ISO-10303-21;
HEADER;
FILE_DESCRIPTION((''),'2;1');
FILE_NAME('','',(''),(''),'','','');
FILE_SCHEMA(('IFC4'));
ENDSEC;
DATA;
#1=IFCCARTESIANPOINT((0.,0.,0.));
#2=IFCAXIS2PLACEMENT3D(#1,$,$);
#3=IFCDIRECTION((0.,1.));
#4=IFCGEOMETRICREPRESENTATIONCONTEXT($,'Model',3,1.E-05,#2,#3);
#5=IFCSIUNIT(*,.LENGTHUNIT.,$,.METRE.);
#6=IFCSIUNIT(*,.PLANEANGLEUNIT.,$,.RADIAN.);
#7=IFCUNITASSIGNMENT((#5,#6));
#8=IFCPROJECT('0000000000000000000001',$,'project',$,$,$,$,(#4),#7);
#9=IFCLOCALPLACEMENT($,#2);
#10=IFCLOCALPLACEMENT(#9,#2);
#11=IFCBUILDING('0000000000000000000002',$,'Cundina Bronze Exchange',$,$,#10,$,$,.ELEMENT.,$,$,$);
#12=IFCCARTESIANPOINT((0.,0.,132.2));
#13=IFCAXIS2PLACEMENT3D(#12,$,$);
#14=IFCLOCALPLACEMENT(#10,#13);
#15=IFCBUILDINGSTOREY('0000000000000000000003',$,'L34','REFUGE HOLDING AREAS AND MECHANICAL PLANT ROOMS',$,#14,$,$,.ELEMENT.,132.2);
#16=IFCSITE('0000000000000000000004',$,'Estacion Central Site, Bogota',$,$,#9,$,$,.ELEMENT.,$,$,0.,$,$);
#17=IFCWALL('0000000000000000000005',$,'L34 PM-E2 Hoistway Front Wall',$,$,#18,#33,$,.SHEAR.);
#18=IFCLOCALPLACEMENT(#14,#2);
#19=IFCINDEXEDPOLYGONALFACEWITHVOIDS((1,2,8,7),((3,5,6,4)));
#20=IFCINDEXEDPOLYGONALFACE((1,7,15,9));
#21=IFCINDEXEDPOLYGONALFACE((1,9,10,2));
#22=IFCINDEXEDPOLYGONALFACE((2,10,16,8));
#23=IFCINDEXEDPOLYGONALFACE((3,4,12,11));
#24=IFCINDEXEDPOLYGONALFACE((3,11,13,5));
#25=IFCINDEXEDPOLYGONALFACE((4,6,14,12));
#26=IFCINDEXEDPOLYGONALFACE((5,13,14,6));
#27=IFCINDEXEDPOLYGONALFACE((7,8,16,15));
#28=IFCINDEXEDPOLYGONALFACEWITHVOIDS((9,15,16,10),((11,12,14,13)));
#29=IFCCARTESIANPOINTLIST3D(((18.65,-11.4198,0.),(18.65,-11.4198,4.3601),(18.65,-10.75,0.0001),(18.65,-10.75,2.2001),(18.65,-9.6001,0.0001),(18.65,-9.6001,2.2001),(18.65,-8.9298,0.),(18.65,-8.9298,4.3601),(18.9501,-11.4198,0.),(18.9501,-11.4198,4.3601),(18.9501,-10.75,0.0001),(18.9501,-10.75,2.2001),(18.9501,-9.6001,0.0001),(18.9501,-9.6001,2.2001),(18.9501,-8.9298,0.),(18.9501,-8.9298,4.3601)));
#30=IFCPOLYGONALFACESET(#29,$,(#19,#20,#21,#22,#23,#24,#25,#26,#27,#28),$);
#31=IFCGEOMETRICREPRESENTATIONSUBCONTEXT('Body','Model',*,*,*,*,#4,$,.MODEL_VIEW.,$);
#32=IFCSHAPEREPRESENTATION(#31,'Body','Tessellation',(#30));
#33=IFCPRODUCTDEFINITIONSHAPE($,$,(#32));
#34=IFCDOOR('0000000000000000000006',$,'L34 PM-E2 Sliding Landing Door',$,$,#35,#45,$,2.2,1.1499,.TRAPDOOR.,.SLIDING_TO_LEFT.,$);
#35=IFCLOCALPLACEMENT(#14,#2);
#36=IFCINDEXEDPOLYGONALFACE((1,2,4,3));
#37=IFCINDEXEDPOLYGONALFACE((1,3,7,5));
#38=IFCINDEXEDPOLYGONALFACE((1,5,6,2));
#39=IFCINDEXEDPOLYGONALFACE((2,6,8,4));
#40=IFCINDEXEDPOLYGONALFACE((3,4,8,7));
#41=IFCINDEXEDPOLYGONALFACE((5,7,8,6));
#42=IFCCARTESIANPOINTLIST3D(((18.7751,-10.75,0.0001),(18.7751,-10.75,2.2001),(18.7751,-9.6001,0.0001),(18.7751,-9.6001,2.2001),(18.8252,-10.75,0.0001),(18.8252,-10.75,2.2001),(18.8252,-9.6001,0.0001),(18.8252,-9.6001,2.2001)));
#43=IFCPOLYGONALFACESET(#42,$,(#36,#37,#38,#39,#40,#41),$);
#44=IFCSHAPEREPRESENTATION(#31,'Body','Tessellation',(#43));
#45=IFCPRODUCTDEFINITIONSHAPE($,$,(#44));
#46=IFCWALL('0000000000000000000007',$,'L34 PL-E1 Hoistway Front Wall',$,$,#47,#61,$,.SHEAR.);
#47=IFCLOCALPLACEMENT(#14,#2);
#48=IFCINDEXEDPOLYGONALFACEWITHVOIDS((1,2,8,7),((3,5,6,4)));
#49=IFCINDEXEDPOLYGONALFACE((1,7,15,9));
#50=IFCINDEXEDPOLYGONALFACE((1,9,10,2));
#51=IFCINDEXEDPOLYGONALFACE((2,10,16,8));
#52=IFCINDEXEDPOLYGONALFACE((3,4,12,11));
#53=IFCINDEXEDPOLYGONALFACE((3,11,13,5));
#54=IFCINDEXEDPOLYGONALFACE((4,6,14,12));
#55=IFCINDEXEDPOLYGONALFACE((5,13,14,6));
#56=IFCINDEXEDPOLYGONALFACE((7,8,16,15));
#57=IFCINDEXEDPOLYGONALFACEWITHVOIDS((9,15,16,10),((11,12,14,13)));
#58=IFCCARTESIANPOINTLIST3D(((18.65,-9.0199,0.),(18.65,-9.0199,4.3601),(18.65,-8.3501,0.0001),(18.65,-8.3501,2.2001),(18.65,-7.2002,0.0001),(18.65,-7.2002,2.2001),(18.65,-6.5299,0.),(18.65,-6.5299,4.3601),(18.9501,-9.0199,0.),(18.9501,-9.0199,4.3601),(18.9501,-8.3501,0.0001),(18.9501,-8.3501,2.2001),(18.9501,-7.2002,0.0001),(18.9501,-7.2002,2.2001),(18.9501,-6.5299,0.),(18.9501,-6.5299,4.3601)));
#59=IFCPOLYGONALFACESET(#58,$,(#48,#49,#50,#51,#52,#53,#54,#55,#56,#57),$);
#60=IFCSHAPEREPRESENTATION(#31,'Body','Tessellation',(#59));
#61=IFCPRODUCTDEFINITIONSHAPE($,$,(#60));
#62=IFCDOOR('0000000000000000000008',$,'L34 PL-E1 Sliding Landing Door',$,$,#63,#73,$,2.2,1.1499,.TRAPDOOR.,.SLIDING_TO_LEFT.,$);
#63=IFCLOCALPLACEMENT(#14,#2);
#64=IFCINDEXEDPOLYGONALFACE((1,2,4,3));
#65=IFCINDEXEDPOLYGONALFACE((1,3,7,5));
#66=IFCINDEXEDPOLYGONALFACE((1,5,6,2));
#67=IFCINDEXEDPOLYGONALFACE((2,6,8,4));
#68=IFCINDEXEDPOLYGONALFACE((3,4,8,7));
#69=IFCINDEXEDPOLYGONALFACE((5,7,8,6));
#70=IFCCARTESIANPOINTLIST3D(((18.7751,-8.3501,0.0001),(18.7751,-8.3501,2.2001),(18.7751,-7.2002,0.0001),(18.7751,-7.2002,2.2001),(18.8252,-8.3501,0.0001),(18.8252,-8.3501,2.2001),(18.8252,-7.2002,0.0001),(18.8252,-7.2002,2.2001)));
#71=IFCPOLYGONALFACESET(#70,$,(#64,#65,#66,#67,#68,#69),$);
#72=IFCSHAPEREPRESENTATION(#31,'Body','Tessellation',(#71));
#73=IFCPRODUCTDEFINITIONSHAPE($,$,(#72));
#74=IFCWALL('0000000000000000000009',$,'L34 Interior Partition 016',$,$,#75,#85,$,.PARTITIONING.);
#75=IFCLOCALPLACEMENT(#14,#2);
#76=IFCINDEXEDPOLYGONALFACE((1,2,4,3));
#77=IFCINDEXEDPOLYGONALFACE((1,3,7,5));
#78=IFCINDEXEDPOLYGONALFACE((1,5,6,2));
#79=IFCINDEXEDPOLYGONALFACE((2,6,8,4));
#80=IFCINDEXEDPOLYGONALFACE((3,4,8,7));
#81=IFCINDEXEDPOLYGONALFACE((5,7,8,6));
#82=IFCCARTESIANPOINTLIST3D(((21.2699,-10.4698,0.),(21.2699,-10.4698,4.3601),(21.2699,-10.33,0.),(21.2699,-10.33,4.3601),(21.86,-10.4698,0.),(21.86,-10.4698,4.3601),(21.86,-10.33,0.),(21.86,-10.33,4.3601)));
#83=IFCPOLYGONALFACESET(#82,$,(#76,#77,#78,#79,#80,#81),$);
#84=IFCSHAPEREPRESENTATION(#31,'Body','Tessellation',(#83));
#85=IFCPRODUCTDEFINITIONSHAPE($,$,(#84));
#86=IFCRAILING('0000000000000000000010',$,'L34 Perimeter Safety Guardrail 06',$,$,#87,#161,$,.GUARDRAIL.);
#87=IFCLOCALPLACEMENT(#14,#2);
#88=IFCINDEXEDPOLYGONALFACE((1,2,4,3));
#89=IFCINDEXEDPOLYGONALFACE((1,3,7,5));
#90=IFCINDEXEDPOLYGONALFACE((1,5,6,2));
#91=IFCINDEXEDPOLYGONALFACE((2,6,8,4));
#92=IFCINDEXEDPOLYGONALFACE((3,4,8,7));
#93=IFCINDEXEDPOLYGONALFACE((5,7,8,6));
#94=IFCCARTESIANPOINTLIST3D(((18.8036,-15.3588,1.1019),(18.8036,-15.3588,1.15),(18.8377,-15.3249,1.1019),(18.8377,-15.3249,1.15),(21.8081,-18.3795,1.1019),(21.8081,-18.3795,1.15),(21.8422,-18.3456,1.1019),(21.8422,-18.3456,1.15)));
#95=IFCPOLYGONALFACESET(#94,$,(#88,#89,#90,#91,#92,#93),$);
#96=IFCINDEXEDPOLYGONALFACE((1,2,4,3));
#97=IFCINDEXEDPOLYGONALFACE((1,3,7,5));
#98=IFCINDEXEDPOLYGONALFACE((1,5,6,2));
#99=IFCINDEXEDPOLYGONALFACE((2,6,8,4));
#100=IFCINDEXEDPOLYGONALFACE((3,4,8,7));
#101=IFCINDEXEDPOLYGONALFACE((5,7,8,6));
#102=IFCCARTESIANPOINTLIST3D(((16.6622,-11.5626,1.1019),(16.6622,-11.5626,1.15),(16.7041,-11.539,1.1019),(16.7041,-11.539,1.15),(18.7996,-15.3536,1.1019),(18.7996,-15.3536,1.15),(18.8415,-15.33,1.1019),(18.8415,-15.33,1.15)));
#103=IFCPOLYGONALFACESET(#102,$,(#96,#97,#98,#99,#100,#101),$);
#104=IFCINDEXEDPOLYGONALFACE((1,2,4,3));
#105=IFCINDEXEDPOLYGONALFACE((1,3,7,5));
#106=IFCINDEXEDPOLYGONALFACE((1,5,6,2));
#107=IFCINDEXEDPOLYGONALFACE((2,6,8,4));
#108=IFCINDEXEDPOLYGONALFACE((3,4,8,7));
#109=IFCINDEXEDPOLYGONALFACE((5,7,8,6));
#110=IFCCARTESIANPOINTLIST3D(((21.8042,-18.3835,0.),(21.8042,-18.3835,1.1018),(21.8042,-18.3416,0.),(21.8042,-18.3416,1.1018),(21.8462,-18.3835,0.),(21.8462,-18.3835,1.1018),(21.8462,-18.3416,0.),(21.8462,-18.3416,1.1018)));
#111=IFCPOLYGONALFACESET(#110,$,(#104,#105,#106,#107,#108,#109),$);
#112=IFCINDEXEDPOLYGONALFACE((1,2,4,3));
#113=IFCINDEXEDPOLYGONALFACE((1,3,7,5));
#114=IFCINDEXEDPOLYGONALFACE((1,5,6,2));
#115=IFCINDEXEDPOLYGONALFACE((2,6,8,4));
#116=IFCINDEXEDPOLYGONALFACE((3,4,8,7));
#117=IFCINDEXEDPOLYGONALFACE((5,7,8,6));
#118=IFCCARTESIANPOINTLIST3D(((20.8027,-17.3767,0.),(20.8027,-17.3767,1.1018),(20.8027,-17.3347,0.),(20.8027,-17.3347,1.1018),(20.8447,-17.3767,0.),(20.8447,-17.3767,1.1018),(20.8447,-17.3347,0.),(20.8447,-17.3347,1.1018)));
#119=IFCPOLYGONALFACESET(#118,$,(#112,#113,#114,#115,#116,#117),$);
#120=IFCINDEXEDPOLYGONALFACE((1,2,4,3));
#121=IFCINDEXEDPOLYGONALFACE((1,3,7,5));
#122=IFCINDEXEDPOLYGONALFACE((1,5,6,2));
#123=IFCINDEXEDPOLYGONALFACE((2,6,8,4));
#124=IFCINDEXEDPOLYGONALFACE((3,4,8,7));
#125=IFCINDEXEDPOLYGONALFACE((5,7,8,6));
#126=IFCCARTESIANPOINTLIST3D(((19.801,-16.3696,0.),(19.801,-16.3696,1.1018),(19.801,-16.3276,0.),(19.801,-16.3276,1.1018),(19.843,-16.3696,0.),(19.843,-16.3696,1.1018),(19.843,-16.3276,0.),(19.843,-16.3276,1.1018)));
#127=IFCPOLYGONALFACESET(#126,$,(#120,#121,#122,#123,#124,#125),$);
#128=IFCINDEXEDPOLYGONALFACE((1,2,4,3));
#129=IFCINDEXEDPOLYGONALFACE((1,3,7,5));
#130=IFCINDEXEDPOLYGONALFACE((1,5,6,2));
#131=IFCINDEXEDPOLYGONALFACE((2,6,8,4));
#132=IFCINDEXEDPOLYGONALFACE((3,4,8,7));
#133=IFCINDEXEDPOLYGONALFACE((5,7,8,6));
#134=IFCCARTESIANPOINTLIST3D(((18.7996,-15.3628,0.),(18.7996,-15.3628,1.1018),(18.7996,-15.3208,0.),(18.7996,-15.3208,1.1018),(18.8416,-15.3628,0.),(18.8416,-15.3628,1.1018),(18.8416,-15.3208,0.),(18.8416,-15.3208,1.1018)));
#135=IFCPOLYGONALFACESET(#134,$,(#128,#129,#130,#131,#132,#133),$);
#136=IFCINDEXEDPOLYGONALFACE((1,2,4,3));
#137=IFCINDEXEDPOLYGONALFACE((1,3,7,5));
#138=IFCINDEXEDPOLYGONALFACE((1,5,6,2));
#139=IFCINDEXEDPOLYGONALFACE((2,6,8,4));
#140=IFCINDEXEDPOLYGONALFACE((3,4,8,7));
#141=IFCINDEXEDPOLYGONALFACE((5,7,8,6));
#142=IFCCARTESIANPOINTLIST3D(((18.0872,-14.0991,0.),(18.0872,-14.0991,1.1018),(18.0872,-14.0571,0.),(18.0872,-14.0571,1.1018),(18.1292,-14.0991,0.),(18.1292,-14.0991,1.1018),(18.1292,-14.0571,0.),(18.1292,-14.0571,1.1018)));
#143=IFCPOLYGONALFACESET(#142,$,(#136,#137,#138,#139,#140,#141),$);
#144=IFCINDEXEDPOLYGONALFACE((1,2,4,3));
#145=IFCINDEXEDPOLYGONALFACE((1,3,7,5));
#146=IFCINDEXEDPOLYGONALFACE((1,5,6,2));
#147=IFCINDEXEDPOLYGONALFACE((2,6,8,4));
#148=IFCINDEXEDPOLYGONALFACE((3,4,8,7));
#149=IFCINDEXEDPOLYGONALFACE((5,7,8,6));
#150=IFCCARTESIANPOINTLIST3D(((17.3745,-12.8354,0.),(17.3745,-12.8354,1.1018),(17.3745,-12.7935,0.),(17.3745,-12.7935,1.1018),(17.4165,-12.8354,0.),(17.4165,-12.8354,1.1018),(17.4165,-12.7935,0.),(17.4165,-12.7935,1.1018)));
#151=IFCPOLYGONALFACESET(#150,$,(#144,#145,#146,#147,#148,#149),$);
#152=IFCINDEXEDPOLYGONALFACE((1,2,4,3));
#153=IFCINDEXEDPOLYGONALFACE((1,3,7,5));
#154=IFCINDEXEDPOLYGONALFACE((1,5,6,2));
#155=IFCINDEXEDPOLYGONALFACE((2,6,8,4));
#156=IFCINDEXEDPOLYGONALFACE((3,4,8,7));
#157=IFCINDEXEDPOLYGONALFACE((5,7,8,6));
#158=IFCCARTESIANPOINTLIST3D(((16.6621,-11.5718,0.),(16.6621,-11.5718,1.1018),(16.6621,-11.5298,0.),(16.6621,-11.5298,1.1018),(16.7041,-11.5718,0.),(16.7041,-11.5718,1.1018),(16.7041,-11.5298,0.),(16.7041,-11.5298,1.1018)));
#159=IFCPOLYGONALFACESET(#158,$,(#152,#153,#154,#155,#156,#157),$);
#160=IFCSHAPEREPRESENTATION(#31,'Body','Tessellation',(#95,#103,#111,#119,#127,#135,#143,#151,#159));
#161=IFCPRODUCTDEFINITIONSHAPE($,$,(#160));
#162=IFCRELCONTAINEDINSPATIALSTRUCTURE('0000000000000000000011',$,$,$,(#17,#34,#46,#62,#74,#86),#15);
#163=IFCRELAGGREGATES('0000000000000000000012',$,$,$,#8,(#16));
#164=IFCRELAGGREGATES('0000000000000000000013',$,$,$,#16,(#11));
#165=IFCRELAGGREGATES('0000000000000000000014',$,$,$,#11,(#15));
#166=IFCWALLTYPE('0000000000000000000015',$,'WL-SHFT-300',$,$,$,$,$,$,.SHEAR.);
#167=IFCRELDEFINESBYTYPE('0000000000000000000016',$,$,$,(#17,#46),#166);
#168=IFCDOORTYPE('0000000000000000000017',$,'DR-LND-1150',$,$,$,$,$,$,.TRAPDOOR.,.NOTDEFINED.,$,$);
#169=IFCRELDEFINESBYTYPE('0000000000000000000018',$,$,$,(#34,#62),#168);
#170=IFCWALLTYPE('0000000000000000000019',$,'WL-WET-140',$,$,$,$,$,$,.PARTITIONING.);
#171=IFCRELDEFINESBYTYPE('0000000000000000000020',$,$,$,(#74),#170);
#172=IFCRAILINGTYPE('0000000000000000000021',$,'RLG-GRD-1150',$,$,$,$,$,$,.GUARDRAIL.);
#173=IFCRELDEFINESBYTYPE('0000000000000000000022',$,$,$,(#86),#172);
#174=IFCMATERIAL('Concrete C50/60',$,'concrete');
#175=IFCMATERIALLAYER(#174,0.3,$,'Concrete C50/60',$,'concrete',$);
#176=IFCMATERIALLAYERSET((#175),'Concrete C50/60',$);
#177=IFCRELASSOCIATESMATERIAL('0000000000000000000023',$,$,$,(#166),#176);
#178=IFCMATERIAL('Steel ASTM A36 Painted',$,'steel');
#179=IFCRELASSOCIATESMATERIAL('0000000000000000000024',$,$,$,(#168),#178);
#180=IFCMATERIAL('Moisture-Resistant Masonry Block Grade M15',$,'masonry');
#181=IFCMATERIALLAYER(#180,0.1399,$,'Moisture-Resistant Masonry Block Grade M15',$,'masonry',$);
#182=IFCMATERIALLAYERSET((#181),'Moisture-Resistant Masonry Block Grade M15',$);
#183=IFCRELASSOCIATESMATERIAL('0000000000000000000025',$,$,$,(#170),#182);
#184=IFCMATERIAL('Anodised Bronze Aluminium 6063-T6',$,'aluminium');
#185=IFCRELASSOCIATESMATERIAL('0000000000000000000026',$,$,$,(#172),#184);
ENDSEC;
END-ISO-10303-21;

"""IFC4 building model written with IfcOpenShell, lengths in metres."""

from ifc_helpers import new_model, si_unit, direction, frame, frame_2d, origin, origin_2d, place, context, subcontext, project, spatial, rectangle, extrude, material, layer, layer_set, type_object, element, fill, save


model = new_model("IFC4")

# Units and contexts
model_context = context("Model", 3, precision=1e-05, world=origin(), true_north=direction((0.0, 1.0)))
body_context = subcontext(model_context, "Body", "Model", "MODEL_VIEW")
ifc_project = project(units=[si_unit("LENGTHUNIT", "METRE"), si_unit("PLANEANGLEUNIT", "RADIAN")], contexts=[model_context])

# Site, building, storey
site_placement = place(None, origin())
site = spatial("IfcSite", under=ifc_project, at=site_placement, Name="Estacion Central Site, Bogota", CompositionType="ELEMENT", RefElevation=0.0)
building_placement = place(site_placement, origin())
building = spatial("IfcBuilding", under=site, at=building_placement, Name="Cundina Bronze Exchange", CompositionType="ELEMENT")
storey_placement = place(building_placement, frame((0.0, 0.0, 132.2)))
storey = spatial("IfcBuildingStorey", under=building, at=storey_placement, Name="L34", Description="REFUGE HOLDING AREAS AND MECHANICAL PLANT ROOMS", CompositionType="ELEMENT", Elevation=132.2)

# Shared definitions
ifc_material_1 = material(Name="Concrete C50/60", Category="concrete")
ifc_layer_1 = layer(ifc_material_1, 0.3, Name="Concrete C50/60", Category="concrete")
ifc_layer_set_1 = layer_set([ifc_layer_1], Name="Concrete C50/60")
wall_type_1 = type_object("IfcWallType", Name="WL-SHFT-300", PredefinedType="SHEAR", material=ifc_layer_set_1)

# Shared definitions
ifc_material_2 = material(Name="Steel ASTM A36 Painted", Category="steel")
door_type_1 = type_object("IfcDoorType", Name="DR-LND-1150", OperationType="NOTDEFINED", PredefinedType="TRAPDOOR", material=ifc_material_2)

# Walls, openings, doors
wall_1_placement = place(storey_placement, frame((18.8, -11.4199, 0.0), z_axis=(0.0, 0.0, 1.0), x_axis=(0.0, 1.0, 0.0)))
wall_1 = element("IfcWall", 1, at=wall_1_placement, inside=storey, type_object=wall_type_1, Name="L34 PM-E2 Hoistway Front Wall", PredefinedType="SHEAR", context=body_context, shape_type="SweptSolid", body=[
    extrude(rectangle(XDim=2.49, YDim=0.3, at=frame_2d((1.2451, 0.0))), origin(), (0.0, 0.0, 1.0), 4.3601),
])
opening_1_placement = place(wall_1_placement, frame((0.6699, 0.0, 0.0)))
opening_1 = element("IfcOpeningElement", 2, at=opening_1_placement, cuts=wall_1, PredefinedType="OPENING", context=body_context, shape_type="SweptSolid", body=[
    extrude(rectangle(XDim=1.1499, YDim=2.2, at=frame_2d((0.575, 1.1001))), frame((0.0, 0.1599, 0.0), z_axis=(0.0, -1.0, 0.0), x_axis=(1.0, 0.0, 0.0)), (0.0, 0.0, 1.0), 0.3201),
])
door_1_placement = place(opening_1_placement, origin())
door_1 = element("IfcDoor", 3, at=door_1_placement, inside=storey, type_object=door_type_1, Name="L34 PM-E2 Sliding Landing Door", OperationType="SLIDING_TO_LEFT", OverallHeight=2.2, OverallWidth=1.1499, PredefinedType="TRAPDOOR", context=body_context, shape_type="SweptSolid", body=[
    extrude(rectangle(XDim=1.1499, YDim=2.2, at=frame_2d((0.575, 1.1001))), frame((0.0, 0.0249, 0.0), z_axis=(0.0, -1.0, 0.0), x_axis=(1.0, 0.0, 0.0)), (0.0, 0.0, 1.0), 0.05),
])
fill(opening_1, door_1)
wall_2_placement = place(storey_placement, frame((18.8, -9.02, 0.0), z_axis=(0.0, 0.0, 1.0), x_axis=(0.0, 1.0, 0.0)))
wall_2 = element("IfcWall", 4, at=wall_2_placement, inside=storey, type_object=wall_type_1, Name="L34 PL-E1 Hoistway Front Wall", PredefinedType="SHEAR", context=body_context, shape_type="SweptSolid", body=[
    extrude(rectangle(XDim=2.49, YDim=0.3, at=frame_2d((1.2451, 0.0))), origin(), (0.0, 0.0, 1.0), 4.3601),
])
opening_2_placement = place(wall_2_placement, frame((0.6699, 0.0, 0.0)))
opening_2 = element("IfcOpeningElement", 5, at=opening_2_placement, cuts=wall_2, PredefinedType="OPENING", context=body_context, shape_type="SweptSolid", body=[
    extrude(rectangle(XDim=1.1499, YDim=2.2, at=frame_2d((0.575, 1.1001))), frame((0.0, 0.1599, 0.0), z_axis=(0.0, -1.0, 0.0), x_axis=(1.0, 0.0, 0.0)), (0.0, 0.0, 1.0), 0.3201),
])
door_2_placement = place(opening_2_placement, origin())
door_2 = element("IfcDoor", 6, at=door_2_placement, inside=storey, type_object=door_type_1, Name="L34 PL-E1 Sliding Landing Door", OperationType="SLIDING_TO_LEFT", OverallHeight=2.2, OverallWidth=1.1499, PredefinedType="TRAPDOOR", context=body_context, shape_type="SweptSolid", body=[
    extrude(rectangle(XDim=1.1499, YDim=2.2, at=frame_2d((0.575, 1.1001))), frame((0.0, 0.0249, 0.0), z_axis=(0.0, -1.0, 0.0), x_axis=(1.0, 0.0, 0.0)), (0.0, 0.0, 1.0), 0.05),
])
fill(opening_2, door_2)

# Wall
ifc_material_3 = material(Name="Moisture-Resistant Masonry Block Grade M15", Category="masonry")
ifc_layer_2 = layer(ifc_material_3, 0.1399, Name="Moisture-Resistant Masonry Block Grade M15", Category="masonry")
ifc_layer_set_2 = layer_set([ifc_layer_2], Name="Moisture-Resistant Masonry Block Grade M15")
wall_type_2 = type_object("IfcWallType", Name="WL-WET-140", PredefinedType="PARTITIONING", material=ifc_layer_set_2)
wall_3_placement = place(storey_placement, frame((21.27, -10.3999, 0.0), z_axis=(0.0, 0.0, 1.0), x_axis=(1.0, 0.0, 0.0)))
element("IfcWall", 7, at=wall_3_placement, inside=storey, type_object=wall_type_2, Name="L34 Interior Partition 016", PredefinedType="PARTITIONING", context=body_context, shape_type="SweptSolid", body=[
    extrude(rectangle(XDim=0.5901, YDim=0.1399, at=frame_2d((0.2949, 0.0))), origin(), (0.0, 0.0, 1.0), 4.3601),
])

# Railing
ifc_material_4 = material(Name="Anodised Bronze Aluminium 6063-T6", Category="aluminium")
railing_type = type_object("IfcRailingType", Name="RLG-GRD-1150", PredefinedType="GUARDRAIL", material=ifc_material_4)
railing_1_placement = place(storey_placement, frame((21.8252, -18.3625, 0.0)))
element("IfcRailing", 8, at=railing_1_placement, inside=storey, type_object=railing_type, Name="L34 Perimeter Safety Guardrail 06", PredefinedType="GUARDRAIL", context=body_context, shape_type="SweptSolid", body=[
    extrude(rectangle(XDim=0.0481, YDim=0.0481, at=origin_2d()), frame((0.0, 0.0, 1.126), z_axis=(-0.705213, 0.708995, 0.0), x_axis=(-0.708995, -0.705213, 0.0)), (0.0, 0.0, 1.0), 4.2605),
    extrude(rectangle(XDim=0.0481, YDim=0.0481, at=origin_2d()), frame((-3.0046, 3.0208, 1.126), z_axis=(-0.491135, 0.871084, 0.0), x_axis=(-0.871084, -0.491135, 0.0)), (0.0, 0.0, 1.0), 4.3521),
    extrude(rectangle(XDim=0.042, YDim=0.042, at=origin_2d()), origin(), (0.0, 0.0, 1.0), 1.1018),
    extrude(rectangle(XDim=0.042, YDim=0.042, at=origin_2d()), frame((-1.0015, 1.0068, 0.0)), (0.0, 0.0, 1.0), 1.1018),
    extrude(rectangle(XDim=0.042, YDim=0.042, at=origin_2d()), frame((-2.0032, 2.0139, 0.0)), (0.0, 0.0, 1.0), 1.1018),
    extrude(rectangle(XDim=0.042, YDim=0.042, at=origin_2d()), frame((-3.0046, 3.0208, 0.0)), (0.0, 0.0, 1.0), 1.1018),
    extrude(rectangle(XDim=0.042, YDim=0.042, at=origin_2d()), frame((-3.717, 4.2844, 0.0)), (0.0, 0.0, 1.0), 1.1018),
    extrude(rectangle(XDim=0.042, YDim=0.042, at=origin_2d()), frame((-4.4297, 5.5481, 0.0)), (0.0, 0.0, 1.0), 1.1018),
    extrude(rectangle(XDim=0.042, YDim=0.042, at=origin_2d()), frame((-5.1421, 6.8118, 0.0)), (0.0, 0.0, 1.0), 1.1018),
])

save(model, "model.ifc")
